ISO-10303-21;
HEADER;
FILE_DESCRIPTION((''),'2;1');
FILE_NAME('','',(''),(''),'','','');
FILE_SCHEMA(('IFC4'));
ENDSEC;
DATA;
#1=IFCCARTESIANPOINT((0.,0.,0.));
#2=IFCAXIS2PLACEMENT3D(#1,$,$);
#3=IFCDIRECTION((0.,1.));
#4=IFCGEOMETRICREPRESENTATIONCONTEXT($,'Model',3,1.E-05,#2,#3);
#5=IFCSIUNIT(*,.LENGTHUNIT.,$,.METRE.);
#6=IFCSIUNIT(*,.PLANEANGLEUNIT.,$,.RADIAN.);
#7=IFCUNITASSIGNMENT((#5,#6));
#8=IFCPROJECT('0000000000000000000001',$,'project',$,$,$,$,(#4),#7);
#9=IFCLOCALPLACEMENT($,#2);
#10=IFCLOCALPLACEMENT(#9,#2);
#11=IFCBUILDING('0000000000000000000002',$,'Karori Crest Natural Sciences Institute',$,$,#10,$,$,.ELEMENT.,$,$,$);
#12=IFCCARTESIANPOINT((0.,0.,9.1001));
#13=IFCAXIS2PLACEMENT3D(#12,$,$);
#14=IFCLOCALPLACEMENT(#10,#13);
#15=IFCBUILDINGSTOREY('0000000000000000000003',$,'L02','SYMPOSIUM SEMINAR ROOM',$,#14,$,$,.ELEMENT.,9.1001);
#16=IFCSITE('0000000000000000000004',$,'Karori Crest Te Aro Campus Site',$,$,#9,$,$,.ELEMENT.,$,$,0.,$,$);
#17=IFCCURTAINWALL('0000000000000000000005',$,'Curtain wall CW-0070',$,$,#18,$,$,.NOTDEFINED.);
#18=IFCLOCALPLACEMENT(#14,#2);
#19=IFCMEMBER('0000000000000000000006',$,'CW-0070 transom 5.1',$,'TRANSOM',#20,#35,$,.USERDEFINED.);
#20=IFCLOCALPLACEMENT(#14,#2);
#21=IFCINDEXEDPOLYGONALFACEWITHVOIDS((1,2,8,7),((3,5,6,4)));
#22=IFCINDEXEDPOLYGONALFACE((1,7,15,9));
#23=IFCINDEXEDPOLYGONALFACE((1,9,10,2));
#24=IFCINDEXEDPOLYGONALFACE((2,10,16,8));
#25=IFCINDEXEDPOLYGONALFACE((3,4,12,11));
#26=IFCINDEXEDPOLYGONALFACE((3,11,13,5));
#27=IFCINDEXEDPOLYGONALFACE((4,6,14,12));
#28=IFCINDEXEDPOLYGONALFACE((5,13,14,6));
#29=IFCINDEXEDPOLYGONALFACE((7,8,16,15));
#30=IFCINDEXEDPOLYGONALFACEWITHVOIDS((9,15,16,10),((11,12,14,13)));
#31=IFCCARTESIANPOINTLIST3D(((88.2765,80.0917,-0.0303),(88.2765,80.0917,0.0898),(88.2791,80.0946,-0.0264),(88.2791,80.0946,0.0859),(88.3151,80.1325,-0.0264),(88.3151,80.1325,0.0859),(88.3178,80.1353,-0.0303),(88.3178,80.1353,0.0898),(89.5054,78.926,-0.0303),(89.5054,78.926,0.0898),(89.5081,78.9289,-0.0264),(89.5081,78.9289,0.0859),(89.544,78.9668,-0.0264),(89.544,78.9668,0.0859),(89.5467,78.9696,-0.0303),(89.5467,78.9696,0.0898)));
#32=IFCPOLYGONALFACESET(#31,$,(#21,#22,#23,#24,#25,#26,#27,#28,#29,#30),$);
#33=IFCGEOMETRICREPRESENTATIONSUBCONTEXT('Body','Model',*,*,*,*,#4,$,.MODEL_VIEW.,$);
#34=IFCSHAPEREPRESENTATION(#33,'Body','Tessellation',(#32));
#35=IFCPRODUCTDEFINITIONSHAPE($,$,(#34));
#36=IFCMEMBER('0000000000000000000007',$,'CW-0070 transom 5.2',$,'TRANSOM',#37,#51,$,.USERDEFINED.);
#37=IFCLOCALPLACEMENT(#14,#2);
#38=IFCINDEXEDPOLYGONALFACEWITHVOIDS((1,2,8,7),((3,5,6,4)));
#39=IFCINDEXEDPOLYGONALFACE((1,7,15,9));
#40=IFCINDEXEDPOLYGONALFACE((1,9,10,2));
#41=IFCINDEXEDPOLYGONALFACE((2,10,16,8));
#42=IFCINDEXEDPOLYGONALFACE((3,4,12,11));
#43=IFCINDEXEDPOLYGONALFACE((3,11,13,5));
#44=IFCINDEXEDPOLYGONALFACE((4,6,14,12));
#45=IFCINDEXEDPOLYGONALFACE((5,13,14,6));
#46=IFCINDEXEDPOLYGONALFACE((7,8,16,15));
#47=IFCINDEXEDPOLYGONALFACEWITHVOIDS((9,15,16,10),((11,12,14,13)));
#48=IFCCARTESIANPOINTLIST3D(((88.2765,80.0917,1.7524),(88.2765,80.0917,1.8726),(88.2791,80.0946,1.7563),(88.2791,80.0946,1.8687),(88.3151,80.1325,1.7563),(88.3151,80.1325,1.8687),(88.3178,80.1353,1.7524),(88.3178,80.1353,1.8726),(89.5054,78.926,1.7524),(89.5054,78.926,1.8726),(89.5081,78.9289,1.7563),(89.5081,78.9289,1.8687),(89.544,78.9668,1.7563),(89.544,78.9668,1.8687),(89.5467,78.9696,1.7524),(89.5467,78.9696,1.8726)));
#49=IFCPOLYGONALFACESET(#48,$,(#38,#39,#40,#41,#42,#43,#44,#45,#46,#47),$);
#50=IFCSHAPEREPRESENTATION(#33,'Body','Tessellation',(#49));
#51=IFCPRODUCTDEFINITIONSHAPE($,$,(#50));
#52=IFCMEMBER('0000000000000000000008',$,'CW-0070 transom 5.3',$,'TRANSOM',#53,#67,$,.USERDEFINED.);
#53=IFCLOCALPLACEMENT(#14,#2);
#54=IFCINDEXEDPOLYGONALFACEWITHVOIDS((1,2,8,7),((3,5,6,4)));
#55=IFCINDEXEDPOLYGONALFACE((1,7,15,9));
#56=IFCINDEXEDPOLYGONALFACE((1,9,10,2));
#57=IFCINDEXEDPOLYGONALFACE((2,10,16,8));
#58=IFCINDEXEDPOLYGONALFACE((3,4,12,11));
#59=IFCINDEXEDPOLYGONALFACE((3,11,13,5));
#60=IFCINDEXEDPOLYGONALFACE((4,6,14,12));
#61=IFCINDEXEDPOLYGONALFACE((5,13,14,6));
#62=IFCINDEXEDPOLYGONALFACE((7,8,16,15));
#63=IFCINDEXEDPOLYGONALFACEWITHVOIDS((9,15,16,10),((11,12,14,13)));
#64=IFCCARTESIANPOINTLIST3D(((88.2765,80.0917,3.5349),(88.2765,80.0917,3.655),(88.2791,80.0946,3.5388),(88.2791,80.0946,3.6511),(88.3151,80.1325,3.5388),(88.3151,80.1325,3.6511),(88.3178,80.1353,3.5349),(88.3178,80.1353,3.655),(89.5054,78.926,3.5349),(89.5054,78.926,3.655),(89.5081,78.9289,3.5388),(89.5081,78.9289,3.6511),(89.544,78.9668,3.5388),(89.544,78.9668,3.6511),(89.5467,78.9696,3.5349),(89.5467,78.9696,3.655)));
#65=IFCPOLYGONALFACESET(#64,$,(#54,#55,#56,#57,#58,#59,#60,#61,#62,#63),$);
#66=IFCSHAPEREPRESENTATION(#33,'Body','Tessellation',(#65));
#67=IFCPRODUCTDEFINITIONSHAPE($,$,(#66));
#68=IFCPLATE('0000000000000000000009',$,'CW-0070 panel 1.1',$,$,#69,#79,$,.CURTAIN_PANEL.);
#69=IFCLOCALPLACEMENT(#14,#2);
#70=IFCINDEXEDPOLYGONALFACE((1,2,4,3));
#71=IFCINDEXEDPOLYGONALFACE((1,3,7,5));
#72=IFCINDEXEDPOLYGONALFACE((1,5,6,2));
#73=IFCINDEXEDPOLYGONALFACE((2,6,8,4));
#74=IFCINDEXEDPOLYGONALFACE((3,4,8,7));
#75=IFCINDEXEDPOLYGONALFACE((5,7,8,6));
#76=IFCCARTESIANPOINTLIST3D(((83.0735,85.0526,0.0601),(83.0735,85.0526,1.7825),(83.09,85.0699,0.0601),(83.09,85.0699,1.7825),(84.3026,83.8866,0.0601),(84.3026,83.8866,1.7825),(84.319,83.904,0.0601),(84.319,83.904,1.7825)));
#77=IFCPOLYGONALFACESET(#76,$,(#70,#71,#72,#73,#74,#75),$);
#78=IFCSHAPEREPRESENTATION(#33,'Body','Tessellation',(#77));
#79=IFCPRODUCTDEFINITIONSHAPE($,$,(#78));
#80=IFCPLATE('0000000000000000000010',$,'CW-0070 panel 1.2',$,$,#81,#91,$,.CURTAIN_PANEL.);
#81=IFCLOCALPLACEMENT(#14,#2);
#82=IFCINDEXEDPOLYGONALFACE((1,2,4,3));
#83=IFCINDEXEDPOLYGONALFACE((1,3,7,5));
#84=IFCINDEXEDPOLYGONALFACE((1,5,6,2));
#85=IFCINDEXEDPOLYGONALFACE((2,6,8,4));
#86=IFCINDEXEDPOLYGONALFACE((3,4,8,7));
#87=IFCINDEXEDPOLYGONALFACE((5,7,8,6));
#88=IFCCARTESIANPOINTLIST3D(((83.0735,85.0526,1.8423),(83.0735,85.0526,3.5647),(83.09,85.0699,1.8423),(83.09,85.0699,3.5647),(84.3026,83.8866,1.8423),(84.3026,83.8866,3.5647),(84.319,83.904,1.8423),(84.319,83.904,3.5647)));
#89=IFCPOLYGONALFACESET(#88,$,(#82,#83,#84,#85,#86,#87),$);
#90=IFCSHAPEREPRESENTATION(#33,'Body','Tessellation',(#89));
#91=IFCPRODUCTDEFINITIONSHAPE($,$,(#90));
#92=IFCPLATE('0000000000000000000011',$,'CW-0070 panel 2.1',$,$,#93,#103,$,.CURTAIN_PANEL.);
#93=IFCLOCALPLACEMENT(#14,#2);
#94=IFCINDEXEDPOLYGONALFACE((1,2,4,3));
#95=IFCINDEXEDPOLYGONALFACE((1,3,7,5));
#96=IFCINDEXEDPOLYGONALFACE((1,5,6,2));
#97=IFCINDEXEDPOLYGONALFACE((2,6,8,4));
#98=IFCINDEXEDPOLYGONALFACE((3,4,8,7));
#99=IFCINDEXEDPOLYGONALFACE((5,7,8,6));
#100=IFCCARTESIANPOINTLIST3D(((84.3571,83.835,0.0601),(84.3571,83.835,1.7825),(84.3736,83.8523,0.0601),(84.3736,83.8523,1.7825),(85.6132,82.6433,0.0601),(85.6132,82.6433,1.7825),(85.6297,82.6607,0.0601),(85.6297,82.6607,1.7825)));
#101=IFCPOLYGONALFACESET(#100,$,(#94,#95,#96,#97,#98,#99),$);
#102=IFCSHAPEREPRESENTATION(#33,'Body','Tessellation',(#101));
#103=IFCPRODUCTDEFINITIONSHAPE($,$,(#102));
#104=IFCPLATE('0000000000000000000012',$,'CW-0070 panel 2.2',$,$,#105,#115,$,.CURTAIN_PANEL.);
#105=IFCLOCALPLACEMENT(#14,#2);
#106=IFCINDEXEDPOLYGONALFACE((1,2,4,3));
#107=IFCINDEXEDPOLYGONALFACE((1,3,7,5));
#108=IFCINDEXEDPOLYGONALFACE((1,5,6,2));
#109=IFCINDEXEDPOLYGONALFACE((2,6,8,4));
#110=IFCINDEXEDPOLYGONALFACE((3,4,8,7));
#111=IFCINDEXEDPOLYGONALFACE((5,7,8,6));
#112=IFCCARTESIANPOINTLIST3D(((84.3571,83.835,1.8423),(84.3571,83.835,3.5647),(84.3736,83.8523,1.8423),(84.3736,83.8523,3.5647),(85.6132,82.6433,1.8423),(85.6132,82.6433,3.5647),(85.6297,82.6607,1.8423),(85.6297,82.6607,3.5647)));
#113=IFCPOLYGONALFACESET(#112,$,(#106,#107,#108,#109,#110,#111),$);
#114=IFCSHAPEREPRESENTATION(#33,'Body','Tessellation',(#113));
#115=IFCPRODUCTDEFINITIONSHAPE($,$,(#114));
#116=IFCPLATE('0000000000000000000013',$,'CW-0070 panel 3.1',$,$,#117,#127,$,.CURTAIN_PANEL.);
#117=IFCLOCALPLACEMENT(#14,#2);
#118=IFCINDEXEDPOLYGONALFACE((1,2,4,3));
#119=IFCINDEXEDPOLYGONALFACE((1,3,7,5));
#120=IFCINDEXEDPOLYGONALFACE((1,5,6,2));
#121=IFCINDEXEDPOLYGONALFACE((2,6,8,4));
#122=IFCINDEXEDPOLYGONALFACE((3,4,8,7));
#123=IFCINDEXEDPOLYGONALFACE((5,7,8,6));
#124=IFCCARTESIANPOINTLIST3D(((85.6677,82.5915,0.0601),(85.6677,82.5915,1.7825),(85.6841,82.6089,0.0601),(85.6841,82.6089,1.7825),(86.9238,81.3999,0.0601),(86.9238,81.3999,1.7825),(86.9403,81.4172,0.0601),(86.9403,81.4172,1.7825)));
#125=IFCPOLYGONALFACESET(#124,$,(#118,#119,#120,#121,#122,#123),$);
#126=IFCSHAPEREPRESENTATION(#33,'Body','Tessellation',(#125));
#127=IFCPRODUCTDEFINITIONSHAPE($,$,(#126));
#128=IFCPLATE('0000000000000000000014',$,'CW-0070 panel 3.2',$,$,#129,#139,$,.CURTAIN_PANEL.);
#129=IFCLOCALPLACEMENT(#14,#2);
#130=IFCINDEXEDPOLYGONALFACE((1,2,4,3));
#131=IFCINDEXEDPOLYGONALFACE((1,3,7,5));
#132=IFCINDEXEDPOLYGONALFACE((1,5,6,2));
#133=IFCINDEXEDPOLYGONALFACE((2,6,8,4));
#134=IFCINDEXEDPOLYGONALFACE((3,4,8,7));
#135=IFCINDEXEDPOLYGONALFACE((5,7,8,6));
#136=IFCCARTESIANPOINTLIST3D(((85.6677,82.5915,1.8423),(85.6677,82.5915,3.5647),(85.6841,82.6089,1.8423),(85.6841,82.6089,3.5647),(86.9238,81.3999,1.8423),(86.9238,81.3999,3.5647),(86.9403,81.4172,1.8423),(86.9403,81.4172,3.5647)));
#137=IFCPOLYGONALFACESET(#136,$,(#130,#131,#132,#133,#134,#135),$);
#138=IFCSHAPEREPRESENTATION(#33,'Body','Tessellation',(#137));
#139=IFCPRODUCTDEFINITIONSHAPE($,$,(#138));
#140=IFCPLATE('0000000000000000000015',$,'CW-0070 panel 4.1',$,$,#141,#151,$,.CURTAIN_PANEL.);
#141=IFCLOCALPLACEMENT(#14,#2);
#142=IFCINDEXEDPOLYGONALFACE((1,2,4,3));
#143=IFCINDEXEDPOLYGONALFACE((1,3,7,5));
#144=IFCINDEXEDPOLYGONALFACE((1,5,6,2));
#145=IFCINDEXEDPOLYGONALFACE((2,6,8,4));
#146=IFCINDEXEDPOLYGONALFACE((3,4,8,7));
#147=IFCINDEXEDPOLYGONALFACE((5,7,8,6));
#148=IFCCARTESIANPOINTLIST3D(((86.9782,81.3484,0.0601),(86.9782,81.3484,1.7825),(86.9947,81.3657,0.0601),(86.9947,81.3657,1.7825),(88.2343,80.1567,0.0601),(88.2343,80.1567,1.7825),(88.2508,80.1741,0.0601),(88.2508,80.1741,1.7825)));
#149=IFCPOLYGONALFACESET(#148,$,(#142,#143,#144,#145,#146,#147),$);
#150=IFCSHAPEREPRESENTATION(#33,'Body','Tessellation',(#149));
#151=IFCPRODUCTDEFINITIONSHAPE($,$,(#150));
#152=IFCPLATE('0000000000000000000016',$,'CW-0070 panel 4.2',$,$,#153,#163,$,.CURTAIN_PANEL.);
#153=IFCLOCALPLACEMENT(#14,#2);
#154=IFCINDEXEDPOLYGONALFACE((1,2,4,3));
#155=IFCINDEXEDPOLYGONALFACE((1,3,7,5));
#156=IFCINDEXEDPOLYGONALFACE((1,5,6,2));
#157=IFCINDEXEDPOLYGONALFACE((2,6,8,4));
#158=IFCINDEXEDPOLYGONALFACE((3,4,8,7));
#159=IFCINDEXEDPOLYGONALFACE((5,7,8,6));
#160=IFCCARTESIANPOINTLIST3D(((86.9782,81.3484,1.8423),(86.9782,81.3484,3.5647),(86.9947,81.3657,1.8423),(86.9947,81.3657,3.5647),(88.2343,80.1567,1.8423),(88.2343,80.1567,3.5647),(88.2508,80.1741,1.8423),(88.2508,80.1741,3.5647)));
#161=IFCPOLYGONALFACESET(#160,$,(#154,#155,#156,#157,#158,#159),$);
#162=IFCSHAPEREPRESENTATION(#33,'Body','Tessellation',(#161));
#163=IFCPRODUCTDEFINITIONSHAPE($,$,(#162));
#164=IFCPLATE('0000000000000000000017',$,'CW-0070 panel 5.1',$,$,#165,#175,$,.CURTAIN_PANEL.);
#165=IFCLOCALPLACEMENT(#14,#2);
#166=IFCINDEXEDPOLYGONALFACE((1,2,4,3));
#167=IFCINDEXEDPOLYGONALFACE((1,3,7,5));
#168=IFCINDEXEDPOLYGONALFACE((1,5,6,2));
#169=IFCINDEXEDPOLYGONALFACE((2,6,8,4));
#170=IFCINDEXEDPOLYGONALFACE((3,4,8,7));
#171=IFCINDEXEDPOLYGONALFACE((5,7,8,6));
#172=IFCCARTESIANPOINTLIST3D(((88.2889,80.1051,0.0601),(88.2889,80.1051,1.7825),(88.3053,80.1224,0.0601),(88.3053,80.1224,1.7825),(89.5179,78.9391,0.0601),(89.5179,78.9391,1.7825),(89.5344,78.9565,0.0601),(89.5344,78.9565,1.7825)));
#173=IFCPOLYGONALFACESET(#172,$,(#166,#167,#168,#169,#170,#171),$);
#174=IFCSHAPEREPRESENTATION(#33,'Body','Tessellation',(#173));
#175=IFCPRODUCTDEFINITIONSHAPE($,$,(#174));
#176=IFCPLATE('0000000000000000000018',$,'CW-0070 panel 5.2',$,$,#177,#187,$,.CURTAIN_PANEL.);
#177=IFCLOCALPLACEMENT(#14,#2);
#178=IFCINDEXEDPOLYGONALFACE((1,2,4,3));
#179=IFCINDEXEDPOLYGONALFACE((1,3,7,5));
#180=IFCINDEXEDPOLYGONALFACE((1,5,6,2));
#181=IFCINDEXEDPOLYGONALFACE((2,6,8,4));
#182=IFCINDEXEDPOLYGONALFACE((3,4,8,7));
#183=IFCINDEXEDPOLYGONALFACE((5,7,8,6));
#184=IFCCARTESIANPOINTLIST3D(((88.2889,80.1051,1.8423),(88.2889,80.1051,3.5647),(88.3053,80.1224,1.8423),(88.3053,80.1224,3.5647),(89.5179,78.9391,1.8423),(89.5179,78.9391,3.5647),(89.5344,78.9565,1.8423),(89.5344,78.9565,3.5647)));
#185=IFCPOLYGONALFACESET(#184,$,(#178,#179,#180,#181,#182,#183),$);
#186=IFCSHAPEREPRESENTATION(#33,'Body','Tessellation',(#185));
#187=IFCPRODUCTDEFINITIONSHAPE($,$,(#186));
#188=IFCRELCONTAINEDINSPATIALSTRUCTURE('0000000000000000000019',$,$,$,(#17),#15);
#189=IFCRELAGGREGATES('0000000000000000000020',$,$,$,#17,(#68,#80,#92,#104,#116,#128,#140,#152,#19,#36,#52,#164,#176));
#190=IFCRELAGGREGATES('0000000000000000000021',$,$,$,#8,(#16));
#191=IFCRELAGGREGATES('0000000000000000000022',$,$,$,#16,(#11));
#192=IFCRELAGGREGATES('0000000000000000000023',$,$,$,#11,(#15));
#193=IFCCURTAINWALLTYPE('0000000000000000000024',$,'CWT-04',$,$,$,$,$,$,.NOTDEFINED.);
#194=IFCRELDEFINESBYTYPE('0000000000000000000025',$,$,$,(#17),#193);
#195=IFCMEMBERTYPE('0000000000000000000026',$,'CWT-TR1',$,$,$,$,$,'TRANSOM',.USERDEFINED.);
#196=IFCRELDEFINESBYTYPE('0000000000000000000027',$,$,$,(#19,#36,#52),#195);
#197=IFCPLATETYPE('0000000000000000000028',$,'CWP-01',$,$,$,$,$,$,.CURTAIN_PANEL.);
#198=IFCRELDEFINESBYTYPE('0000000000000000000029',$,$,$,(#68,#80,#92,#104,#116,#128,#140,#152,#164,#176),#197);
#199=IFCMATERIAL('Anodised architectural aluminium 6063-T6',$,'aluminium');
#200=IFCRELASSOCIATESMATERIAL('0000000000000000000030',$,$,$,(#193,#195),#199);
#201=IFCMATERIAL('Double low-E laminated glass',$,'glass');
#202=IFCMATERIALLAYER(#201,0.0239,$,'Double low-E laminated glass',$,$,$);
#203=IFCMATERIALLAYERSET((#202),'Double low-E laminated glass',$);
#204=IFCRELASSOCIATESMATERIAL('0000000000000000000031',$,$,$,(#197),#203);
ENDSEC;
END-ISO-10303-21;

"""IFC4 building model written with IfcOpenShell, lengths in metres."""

from ifc_helpers import new_model, si_unit, direction, frame, origin, origin_2d, place, context, subcontext, project, spatial, rectangle, hollow_rectangle, extrude, material, layer, layer_set, material_profile, profile_set, type_object, element, aggregate, save


model = new_model("IFC4")

# Units and contexts
model_context = context("Model", 3, precision=1e-05, world=origin(), true_north=direction((0.0, 1.0)))
body_context = subcontext(model_context, "Body", "Model", "MODEL_VIEW")
ifc_project = project(units=[si_unit("LENGTHUNIT", "METRE"), si_unit("PLANEANGLEUNIT", "RADIAN")], contexts=[model_context])

# Site, building, storey
site_placement = place(None, origin())
site = spatial("IfcSite", under=ifc_project, at=site_placement, Name="Karori Crest Te Aro Campus Site", CompositionType="ELEMENT", RefElevation=0.0)
building_placement = place(site_placement, origin())
building = spatial("IfcBuilding", under=site, at=building_placement, Name="Karori Crest Natural Sciences Institute", CompositionType="ELEMENT")
storey_placement = place(building_placement, frame((0.0, 0.0, 9.1001)))
storey = spatial("IfcBuildingStorey", under=building, at=storey_placement, Name="L02", Description="SYMPOSIUM SEMINAR ROOM", CompositionType="ELEMENT", Elevation=9.1001)

# Curtain wall, members, plates
ifc_material_1 = material(Name="Anodised architectural aluminium 6063-T6", Category="aluminium")
curtain_wall_type = type_object("IfcCurtainWallType", Name="CWT-04", PredefinedType="NOTDEFINED", material=ifc_material_1)
curtain_wall_placement = place(storey_placement, origin())
curtain_wall = element("IfcCurtainWall", 1, at=curtain_wall_placement, inside=storey, type_object=curtain_wall_type, Name="Curtain wall CW-0070", PredefinedType="NOTDEFINED")
ifc_material_profile_1 = material_profile(ifc_material_1, hollow_rectangle(XDim=0.0601, YDim=0.1201, WallThickness=0.0039, at=origin_2d()), Name="CWT120x60x4")
ifc_profile_set_1 = profile_set([ifc_material_profile_1], Name="Anodised architectural aluminium 6063-T6")
member_type_1 = type_object("IfcMemberType", Name="CWT-TR1", ElementType="TRANSOM", PredefinedType="USERDEFINED", material=ifc_profile_set_1)
member_1_placement = place(storey_placement, frame((88.2971, 80.1135, 0.0298), z_axis=(0.725525, -0.688196, 0.0), x_axis=(0.688196, 0.725525, 0.0)))
member_1 = element("IfcMember", 2, at=member_1_placement, type_object=member_type_1, Name="CW-0070 transom 5.1", ObjectType="TRANSOM", PredefinedType="USERDEFINED", context=body_context, shape_type="SweptSolid", body=[
    extrude(hollow_rectangle(XDim=0.0601, YDim=0.1201, WallThickness=0.0039, at=origin_2d()), origin(), (0.0, 0.0, 1.0), 1.6938),
])
member_2_placement = place(storey_placement, frame((88.2971, 80.1135, 1.8125), z_axis=(0.725525, -0.688196, 0.0), x_axis=(0.688196, 0.725525, 0.0)))
member_2 = element("IfcMember", 3, at=member_2_placement, type_object=member_type_1, Name="CW-0070 transom 5.2", ObjectType="TRANSOM", PredefinedType="USERDEFINED", context=body_context, shape_type="SweptSolid", body=[
    extrude(hollow_rectangle(XDim=0.0601, YDim=0.1201, WallThickness=0.0039, at=origin_2d()), origin(), (0.0, 0.0, 1.0), 1.6938),
])
member_3_placement = place(storey_placement, frame((88.2971, 80.1135, 3.595), z_axis=(0.725525, -0.688196, 0.0), x_axis=(0.688196, 0.725525, 0.0)))
member_3 = element("IfcMember", 4, at=member_3_placement, type_object=member_type_1, Name="CW-0070 transom 5.3", ObjectType="TRANSOM", PredefinedType="USERDEFINED", context=body_context, shape_type="SweptSolid", body=[
    extrude(hollow_rectangle(XDim=0.0601, YDim=0.1201, WallThickness=0.0039, at=origin_2d()), origin(), (0.0, 0.0, 1.0), 1.6938),
])
ifc_material_2 = material(Name="Double low-E laminated glass", Category="glass")
ifc_layer_1 = layer(ifc_material_2, 0.0239, Name="Double low-E laminated glass")
ifc_layer_set_1 = layer_set([ifc_layer_1], Name="Double low-E laminated glass")
plate_type = type_object("IfcPlateType", Name="CWP-01", PredefinedType="CURTAIN_PANEL", material=ifc_layer_set_1)
plate_1_placement = place(storey_placement, frame((83.6963, 84.4783, 0.0601), z_axis=(0.0, 0.0, 1.0), x_axis=(0.725477, -0.688246, 0.0)))
plate_1 = element("IfcPlate", 5, at=plate_1_placement, type_object=plate_type, Name="CW-0070 panel 1.1", PredefinedType="CURTAIN_PANEL", context=body_context, shape_type="SweptSolid", body=[
    extrude(rectangle(XDim=1.6941, YDim=0.0239, at=origin_2d()), origin(), (0.0, 0.0, 1.0), 1.7224),
])
plate_2_placement = place(storey_placement, frame((83.6963, 84.4783, 1.8423), z_axis=(0.0, 0.0, 1.0), x_axis=(0.725477, -0.688246, 0.0)))
plate_2 = element("IfcPlate", 6, at=plate_2_placement, type_object=plate_type, Name="CW-0070 panel 1.2", PredefinedType="CURTAIN_PANEL", context=body_context, shape_type="SweptSolid", body=[
    extrude(rectangle(XDim=1.6941, YDim=0.0239, at=origin_2d()), origin(), (0.0, 0.0, 1.0), 1.7224),
])
plate_3_placement = place(storey_placement, frame((84.9934, 83.2478, 0.0601), z_axis=(0.0, 0.0, 1.0), x_axis=(0.725477, -0.688246, 0.0)))
plate_3 = element("IfcPlate", 7, at=plate_3_placement, type_object=plate_type, Name="CW-0070 panel 2.1", PredefinedType="CURTAIN_PANEL", context=body_context, shape_type="SweptSolid", body=[
    extrude(rectangle(XDim=1.7314, YDim=0.0239, at=origin_2d()), origin(), (0.0, 0.0, 1.0), 1.7224),
])
plate_4_placement = place(storey_placement, frame((84.9934, 83.2478, 1.8423), z_axis=(0.0, 0.0, 1.0), x_axis=(0.725477, -0.688246, 0.0)))
plate_4 = element("IfcPlate", 8, at=plate_4_placement, type_object=plate_type, Name="CW-0070 panel 2.2", PredefinedType="CURTAIN_PANEL", context=body_context, shape_type="SweptSolid", body=[
    extrude(rectangle(XDim=1.7314, YDim=0.0239, at=origin_2d()), origin(), (0.0, 0.0, 1.0), 1.7224),
])
plate_5_placement = place(storey_placement, frame((86.304, 82.0044, 0.0601), z_axis=(0.0, 0.0, 1.0), x_axis=(0.725477, -0.688246, 0.0)))
plate_5 = element("IfcPlate", 9, at=plate_5_placement, type_object=plate_type, Name="CW-0070 panel 3.1", PredefinedType="CURTAIN_PANEL", context=body_context, shape_type="SweptSolid", body=[
    extrude(rectangle(XDim=1.7314, YDim=0.0239, at=origin_2d()), origin(), (0.0, 0.0, 1.0), 1.7224),
])
plate_6_placement = place(storey_placement, frame((86.304, 82.0044, 1.8423), z_axis=(0.0, 0.0, 1.0), x_axis=(0.725477, -0.688246, 0.0)))
plate_6 = element("IfcPlate", 10, at=plate_6_placement, type_object=plate_type, Name="CW-0070 panel 3.2", PredefinedType="CURTAIN_PANEL", context=body_context, shape_type="SweptSolid", body=[
    extrude(rectangle(XDim=1.7314, YDim=0.0239, at=origin_2d()), origin(), (0.0, 0.0, 1.0), 1.7224),
])
plate_7_placement = place(storey_placement, frame((87.6145, 80.7612, 0.0601), z_axis=(0.0, 0.0, 1.0), x_axis=(0.725477, -0.688246, 0.0)))
plate_7 = element("IfcPlate", 11, at=plate_7_placement, type_object=plate_type, Name="CW-0070 panel 4.1", PredefinedType="CURTAIN_PANEL", context=body_context, shape_type="SweptSolid", body=[
    extrude(rectangle(XDim=1.7314, YDim=0.0239, at=origin_2d()), origin(), (0.0, 0.0, 1.0), 1.7224),
])
plate_8_placement = place(storey_placement, frame((87.6145, 80.7612, 1.8423), z_axis=(0.0, 0.0, 1.0), x_axis=(0.725477, -0.688246, 0.0)))
plate_8 = element("IfcPlate", 12, at=plate_8_placement, type_object=plate_type, Name="CW-0070 panel 4.2", PredefinedType="CURTAIN_PANEL", context=body_context, shape_type="SweptSolid", body=[
    extrude(rectangle(XDim=1.7314, YDim=0.0239, at=origin_2d()), origin(), (0.0, 0.0, 1.0), 1.7224),
])
plate_9_placement = place(storey_placement, frame((88.9116, 79.5308, 0.0601), z_axis=(0.0, 0.0, 1.0), x_axis=(0.725477, -0.688246, 0.0)))
plate_9 = element("IfcPlate", 13, at=plate_9_placement, type_object=plate_type, Name="CW-0070 panel 5.1", PredefinedType="CURTAIN_PANEL", context=body_context, shape_type="SweptSolid", body=[
    extrude(rectangle(XDim=1.6941, YDim=0.0239, at=origin_2d()), origin(), (0.0, 0.0, 1.0), 1.7224),
])
plate_10_placement = place(storey_placement, frame((88.9116, 79.5308, 1.8423), z_axis=(0.0, 0.0, 1.0), x_axis=(0.725477, -0.688246, 0.0)))
plate_10 = element("IfcPlate", 14, at=plate_10_placement, type_object=plate_type, Name="CW-0070 panel 5.2", PredefinedType="CURTAIN_PANEL", context=body_context, shape_type="SweptSolid", body=[
    extrude(rectangle(XDim=1.6941, YDim=0.0239, at=origin_2d()), origin(), (0.0, 0.0, 1.0), 1.7224),
])
aggregate(curtain_wall, [plate_1, plate_2, plate_3, plate_4, plate_5, plate_6, plate_7, plate_8, member_1, member_2, member_3, plate_9, plate_10])

save(model, "model.ifc")
